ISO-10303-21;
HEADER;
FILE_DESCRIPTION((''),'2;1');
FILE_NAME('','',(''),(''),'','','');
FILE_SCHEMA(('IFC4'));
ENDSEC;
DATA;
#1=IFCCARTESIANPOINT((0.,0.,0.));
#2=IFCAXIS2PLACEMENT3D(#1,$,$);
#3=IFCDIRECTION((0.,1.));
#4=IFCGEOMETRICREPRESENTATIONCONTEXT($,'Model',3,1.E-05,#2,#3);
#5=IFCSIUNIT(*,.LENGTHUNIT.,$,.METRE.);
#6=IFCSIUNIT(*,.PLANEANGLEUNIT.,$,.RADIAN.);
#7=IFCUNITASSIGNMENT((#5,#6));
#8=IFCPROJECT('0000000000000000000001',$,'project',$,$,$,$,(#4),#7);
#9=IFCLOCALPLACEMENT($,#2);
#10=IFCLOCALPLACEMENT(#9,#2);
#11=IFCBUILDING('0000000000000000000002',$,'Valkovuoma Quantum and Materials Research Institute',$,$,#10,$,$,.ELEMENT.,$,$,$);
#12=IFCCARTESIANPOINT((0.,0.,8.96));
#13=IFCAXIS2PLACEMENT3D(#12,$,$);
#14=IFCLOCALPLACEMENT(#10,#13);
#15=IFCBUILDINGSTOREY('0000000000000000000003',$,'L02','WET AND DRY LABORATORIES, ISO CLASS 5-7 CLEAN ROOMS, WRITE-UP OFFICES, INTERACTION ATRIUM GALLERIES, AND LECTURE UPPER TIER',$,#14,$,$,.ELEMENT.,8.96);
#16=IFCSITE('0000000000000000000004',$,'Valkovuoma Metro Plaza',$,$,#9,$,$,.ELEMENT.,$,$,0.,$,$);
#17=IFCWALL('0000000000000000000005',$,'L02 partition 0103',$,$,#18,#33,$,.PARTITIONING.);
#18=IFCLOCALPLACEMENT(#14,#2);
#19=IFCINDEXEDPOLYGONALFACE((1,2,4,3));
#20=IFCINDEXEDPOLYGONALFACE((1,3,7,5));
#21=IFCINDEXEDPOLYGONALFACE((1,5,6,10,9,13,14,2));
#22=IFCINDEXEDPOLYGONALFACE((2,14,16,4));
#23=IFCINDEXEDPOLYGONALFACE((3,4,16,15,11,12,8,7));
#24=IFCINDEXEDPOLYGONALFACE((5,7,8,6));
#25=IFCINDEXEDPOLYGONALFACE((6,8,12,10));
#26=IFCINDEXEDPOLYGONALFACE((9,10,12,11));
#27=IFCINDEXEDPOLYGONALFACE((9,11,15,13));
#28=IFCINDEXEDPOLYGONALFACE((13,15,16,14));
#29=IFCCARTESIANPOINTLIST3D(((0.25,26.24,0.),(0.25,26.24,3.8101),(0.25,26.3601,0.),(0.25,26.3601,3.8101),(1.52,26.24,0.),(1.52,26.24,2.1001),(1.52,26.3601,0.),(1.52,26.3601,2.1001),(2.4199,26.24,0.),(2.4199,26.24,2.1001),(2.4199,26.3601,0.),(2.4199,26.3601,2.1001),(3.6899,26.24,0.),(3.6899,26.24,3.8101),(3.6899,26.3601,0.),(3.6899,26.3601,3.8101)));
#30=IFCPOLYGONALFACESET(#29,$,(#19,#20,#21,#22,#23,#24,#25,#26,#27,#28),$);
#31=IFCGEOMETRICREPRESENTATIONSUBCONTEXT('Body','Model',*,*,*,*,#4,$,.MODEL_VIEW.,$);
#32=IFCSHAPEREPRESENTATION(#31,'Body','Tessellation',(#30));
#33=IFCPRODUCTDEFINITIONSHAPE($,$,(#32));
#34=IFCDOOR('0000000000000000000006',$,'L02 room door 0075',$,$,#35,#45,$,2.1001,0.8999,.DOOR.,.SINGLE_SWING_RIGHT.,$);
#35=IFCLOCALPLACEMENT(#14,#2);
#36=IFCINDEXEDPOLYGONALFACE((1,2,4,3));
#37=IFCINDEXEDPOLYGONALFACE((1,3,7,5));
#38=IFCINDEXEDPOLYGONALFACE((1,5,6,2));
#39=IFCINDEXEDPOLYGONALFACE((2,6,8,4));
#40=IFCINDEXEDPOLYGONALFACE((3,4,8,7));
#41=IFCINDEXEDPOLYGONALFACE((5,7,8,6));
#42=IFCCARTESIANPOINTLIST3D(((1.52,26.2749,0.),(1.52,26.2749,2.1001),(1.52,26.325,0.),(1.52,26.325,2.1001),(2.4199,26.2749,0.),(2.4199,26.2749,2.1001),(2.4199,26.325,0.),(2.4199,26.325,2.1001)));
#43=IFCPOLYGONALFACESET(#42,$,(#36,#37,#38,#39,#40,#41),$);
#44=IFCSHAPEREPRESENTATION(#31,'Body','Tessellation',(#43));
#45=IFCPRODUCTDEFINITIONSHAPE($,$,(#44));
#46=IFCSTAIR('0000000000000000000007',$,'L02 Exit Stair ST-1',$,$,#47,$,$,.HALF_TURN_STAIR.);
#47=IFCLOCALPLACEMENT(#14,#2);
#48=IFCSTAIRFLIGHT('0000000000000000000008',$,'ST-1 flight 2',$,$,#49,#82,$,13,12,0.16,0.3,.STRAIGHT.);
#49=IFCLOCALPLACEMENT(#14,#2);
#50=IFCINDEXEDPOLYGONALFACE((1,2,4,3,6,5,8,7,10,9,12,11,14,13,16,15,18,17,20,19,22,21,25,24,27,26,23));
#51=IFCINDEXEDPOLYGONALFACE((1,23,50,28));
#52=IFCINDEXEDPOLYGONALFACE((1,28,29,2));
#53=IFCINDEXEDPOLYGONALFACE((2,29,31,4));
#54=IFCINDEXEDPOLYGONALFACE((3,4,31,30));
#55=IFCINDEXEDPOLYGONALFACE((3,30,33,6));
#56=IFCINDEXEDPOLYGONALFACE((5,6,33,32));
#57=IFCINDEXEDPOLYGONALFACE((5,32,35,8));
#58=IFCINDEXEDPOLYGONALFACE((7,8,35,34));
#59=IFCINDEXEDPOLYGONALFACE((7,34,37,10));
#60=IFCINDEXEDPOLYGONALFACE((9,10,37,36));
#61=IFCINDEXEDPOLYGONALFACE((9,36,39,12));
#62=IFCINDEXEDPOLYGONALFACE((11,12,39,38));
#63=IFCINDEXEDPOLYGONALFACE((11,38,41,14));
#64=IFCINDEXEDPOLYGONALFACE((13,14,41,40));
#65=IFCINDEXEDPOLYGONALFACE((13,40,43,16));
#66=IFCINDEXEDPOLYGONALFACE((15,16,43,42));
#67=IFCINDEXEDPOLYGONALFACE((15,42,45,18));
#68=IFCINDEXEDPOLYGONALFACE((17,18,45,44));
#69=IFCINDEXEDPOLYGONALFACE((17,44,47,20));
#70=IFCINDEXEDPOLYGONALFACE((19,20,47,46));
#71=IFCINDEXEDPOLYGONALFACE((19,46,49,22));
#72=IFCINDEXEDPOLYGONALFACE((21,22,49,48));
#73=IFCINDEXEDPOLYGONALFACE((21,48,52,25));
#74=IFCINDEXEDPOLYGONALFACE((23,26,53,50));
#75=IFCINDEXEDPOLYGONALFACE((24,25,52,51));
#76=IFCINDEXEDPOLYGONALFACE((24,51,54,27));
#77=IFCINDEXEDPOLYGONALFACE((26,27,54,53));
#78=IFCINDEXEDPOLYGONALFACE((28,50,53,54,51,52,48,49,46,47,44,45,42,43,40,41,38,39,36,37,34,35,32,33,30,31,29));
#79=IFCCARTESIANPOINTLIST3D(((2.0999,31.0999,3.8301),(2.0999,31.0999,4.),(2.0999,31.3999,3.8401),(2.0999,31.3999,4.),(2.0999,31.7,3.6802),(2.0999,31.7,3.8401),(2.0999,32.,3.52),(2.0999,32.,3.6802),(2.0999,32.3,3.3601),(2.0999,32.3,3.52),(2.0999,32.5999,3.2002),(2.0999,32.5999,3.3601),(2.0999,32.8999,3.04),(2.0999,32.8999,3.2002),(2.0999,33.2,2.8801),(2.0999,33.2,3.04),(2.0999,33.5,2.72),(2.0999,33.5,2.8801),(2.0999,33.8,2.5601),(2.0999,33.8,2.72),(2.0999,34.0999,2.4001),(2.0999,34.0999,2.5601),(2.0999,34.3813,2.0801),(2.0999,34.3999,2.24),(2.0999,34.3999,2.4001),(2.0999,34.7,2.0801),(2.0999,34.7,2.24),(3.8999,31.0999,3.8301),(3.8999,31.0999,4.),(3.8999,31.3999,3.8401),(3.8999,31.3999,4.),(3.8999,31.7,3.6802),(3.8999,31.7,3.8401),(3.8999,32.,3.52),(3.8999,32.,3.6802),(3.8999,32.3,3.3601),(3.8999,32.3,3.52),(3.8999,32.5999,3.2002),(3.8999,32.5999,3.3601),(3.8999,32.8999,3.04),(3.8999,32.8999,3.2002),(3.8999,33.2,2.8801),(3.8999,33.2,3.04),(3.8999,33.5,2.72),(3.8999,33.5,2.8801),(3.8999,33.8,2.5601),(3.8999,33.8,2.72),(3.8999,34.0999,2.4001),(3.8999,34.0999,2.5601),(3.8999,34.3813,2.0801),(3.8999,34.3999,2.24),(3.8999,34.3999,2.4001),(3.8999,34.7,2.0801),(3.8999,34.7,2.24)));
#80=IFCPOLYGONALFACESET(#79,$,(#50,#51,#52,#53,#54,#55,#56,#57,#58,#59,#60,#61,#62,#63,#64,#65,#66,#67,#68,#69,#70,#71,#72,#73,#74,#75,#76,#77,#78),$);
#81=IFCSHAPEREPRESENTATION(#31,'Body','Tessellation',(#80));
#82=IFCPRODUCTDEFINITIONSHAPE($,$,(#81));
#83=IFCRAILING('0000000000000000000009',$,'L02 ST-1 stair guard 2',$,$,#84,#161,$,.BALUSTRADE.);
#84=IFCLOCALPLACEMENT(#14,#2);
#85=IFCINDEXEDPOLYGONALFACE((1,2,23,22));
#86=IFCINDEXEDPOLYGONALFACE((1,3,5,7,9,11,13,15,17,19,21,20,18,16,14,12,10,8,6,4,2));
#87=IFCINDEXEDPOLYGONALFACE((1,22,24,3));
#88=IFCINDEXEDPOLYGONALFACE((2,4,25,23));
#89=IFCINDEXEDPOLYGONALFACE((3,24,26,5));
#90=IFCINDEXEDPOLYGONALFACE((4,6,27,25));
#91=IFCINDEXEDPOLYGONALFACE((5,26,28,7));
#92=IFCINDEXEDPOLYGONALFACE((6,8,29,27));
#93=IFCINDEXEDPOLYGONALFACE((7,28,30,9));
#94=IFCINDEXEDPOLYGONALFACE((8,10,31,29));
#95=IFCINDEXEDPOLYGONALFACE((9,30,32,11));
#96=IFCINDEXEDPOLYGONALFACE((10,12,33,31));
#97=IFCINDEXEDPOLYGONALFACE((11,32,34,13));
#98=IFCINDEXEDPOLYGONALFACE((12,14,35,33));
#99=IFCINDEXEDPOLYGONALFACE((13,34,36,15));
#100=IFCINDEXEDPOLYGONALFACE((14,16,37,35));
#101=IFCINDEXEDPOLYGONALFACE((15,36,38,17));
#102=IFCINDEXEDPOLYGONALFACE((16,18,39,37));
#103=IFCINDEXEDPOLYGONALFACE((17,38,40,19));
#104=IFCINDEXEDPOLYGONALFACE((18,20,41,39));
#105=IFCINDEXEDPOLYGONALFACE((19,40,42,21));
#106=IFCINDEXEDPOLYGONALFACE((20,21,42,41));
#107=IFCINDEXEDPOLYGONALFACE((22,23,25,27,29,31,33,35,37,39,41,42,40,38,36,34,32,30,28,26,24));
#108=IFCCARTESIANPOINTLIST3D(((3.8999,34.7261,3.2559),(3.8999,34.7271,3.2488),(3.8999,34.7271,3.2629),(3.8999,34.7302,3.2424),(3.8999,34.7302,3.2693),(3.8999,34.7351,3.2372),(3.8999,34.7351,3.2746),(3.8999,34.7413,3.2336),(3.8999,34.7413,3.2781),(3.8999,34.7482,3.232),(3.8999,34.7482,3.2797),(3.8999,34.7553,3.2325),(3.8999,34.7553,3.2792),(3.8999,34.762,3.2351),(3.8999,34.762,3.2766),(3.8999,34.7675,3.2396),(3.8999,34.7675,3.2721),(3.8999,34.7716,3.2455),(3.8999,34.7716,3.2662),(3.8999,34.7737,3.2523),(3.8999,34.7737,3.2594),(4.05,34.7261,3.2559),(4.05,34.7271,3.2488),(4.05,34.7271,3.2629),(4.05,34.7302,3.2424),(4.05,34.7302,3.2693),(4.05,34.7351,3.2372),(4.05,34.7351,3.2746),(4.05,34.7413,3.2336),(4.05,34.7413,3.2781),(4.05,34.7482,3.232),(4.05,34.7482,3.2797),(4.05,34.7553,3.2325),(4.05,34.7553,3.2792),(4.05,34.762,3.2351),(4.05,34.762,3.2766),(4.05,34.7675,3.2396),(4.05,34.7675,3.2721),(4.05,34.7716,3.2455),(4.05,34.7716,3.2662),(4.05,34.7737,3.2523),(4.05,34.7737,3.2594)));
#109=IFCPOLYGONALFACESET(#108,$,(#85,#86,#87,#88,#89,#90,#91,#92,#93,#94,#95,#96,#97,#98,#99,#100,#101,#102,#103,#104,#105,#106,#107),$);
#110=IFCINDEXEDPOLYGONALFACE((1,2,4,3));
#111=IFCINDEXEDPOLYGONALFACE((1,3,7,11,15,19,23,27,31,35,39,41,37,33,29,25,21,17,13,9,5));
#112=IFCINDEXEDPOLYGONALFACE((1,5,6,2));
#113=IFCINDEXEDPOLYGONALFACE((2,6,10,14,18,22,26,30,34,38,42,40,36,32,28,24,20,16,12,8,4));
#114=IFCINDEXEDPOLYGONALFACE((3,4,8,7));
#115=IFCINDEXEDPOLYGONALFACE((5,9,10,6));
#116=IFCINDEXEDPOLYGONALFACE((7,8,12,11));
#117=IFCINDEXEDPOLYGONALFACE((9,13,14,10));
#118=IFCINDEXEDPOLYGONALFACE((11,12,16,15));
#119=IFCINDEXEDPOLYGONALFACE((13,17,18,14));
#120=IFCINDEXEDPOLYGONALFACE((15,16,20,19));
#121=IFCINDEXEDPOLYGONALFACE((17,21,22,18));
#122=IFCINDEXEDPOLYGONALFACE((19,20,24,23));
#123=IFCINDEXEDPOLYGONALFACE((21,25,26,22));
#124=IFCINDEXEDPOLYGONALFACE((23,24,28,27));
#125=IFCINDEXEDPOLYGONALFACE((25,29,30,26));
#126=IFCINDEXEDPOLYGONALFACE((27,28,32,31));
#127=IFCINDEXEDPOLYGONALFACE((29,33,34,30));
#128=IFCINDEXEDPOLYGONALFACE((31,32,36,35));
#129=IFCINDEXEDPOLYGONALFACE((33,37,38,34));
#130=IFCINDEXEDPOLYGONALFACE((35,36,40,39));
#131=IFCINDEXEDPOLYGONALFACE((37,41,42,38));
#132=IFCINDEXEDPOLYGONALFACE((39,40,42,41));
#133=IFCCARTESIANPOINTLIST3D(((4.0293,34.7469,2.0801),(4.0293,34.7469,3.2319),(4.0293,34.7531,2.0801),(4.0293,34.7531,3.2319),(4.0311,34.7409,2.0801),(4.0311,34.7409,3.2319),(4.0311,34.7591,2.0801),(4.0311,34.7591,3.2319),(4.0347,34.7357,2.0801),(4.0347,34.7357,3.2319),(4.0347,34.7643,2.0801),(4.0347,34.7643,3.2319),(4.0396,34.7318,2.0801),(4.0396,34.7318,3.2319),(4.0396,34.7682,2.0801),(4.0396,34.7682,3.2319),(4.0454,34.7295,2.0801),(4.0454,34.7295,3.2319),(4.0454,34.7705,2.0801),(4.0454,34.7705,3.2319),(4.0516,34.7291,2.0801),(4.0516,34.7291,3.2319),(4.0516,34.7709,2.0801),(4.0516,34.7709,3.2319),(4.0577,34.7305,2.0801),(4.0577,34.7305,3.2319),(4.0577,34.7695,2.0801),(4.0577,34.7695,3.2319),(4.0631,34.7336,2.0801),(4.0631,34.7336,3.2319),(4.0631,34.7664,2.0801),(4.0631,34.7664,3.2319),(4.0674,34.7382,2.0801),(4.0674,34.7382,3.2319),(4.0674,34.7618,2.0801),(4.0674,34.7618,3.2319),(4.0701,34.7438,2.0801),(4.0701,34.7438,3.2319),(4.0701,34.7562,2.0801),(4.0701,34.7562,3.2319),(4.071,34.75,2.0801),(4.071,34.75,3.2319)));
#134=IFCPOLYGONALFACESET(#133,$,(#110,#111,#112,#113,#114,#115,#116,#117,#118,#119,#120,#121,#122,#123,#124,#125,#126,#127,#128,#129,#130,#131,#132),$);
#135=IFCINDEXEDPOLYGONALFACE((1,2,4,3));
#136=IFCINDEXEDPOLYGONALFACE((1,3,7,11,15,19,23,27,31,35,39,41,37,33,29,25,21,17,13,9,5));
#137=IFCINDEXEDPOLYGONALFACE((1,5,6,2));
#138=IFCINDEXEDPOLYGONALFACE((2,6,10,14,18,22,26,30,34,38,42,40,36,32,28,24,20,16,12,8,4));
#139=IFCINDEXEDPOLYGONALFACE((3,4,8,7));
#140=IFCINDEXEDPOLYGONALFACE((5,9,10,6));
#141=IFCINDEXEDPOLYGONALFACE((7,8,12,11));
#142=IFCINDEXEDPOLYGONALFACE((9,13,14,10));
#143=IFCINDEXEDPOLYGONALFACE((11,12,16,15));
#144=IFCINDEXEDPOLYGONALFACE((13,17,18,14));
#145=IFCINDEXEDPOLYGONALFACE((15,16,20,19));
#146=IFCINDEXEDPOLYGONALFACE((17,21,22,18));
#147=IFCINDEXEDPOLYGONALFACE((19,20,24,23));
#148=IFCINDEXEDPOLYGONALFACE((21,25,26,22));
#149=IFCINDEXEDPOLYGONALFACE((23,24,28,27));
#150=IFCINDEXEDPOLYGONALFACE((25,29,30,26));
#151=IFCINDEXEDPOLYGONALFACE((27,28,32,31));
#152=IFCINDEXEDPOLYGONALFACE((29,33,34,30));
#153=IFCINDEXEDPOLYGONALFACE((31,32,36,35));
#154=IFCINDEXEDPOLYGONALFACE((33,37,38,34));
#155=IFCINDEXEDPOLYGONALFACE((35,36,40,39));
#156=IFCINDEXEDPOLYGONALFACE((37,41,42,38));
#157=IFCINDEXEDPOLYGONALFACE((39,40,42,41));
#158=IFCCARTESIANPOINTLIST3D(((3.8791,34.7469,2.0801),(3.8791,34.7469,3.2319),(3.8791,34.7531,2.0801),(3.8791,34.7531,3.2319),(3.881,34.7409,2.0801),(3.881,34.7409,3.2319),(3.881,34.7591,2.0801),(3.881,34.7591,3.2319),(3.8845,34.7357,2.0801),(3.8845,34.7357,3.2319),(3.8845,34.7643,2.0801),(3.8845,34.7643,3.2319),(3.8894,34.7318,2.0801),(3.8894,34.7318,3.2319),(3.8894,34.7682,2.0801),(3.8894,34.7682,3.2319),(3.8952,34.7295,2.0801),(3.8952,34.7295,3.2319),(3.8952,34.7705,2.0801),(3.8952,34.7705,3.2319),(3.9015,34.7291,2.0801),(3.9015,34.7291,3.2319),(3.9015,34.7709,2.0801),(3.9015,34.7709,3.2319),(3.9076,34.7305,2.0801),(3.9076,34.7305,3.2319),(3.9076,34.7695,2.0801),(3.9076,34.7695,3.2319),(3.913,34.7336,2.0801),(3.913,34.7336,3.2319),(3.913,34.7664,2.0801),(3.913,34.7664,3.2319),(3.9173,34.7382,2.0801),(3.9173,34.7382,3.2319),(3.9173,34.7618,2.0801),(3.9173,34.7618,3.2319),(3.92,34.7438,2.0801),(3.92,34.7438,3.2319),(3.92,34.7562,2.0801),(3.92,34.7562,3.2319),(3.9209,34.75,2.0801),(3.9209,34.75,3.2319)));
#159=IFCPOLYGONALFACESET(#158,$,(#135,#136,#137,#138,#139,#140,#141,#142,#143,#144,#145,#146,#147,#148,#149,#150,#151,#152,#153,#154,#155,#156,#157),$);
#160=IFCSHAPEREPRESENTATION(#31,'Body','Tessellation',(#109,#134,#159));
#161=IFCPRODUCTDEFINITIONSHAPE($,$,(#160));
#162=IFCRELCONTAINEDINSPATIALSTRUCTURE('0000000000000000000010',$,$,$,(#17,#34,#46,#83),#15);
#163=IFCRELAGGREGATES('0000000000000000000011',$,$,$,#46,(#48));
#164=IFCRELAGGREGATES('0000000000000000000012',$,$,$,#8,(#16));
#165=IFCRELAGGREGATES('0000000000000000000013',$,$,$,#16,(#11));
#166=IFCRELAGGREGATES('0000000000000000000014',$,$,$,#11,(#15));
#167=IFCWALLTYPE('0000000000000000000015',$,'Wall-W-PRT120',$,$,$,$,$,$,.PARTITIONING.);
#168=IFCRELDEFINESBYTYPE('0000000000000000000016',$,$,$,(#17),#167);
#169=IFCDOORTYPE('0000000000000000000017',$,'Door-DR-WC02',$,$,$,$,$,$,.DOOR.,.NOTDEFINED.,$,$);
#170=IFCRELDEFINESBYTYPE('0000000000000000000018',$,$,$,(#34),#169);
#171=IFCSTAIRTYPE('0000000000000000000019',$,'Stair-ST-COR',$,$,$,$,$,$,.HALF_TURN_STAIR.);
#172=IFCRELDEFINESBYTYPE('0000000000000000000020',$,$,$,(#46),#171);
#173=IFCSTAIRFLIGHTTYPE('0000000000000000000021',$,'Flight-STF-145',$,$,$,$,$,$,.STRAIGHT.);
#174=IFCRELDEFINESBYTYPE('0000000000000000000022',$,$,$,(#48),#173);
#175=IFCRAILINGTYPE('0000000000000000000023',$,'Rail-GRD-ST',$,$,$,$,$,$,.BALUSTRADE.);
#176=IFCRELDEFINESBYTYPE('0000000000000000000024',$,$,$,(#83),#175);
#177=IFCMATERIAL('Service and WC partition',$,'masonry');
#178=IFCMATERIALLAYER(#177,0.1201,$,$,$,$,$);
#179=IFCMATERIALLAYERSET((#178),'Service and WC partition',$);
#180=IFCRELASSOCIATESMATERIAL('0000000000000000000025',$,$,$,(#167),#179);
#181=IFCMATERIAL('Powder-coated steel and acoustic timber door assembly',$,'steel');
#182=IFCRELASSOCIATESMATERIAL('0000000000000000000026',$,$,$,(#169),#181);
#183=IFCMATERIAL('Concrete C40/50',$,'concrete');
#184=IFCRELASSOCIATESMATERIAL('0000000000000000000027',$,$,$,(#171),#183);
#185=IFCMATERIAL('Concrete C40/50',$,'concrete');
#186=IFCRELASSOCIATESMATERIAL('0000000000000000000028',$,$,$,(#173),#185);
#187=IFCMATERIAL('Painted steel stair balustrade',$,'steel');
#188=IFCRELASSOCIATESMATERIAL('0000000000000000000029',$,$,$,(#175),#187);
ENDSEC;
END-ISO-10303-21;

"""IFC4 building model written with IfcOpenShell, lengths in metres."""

from ifc_helpers import new_model, si_unit, direction, frame, frame_2d, origin, origin_2d, place, context, subcontext, project, spatial, polyline, rectangle, circle, outline, extrude, material, layer, layer_set, type_object, element, fill, aggregate, save


model = new_model("IFC4")

# Units and contexts
model_context = context("Model", 3, precision=1e-05, world=origin(), true_north=direction((0.0, 1.0)))
body_context = subcontext(model_context, "Body", "Model", "MODEL_VIEW")
ifc_project = project(units=[si_unit("LENGTHUNIT", "METRE"), si_unit("PLANEANGLEUNIT", "RADIAN")], contexts=[model_context])

# Site, building, storey
site_placement = place(None, origin())
site = spatial("IfcSite", under=ifc_project, at=site_placement, Name="Valkovuoma Metro Plaza", CompositionType="ELEMENT", RefElevation=0.0)
building_placement = place(site_placement, origin())
building = spatial("IfcBuilding", under=site, at=building_placement, Name="Valkovuoma Quantum and Materials Research Institute", CompositionType="ELEMENT")
storey_placement = place(building_placement, frame((0.0, 0.0, 8.96)))
storey = spatial("IfcBuildingStorey", under=building, at=storey_placement, Name="L02", Description="WET AND DRY LABORATORIES, ISO CLASS 5-7 CLEAN ROOMS, WRITE-UP OFFICES, INTERACTION ATRIUM GALLERIES, AND LECTURE UPPER TIER", CompositionType="ELEMENT", Elevation=8.96)

# Shared definitions
ifc_material_1 = material(Name="Service and WC partition", Category="masonry")
ifc_layer_1 = layer(ifc_material_1, 0.1201)
ifc_layer_set_1 = layer_set([ifc_layer_1], Name="Service and WC partition")
wall_type_1 = type_object("IfcWallType", Name="Wall-W-PRT120", PredefinedType="PARTITIONING", material=ifc_layer_set_1)

# Wall, opening, door
wall_1_placement = place(storey_placement, frame((0.25, 26.3, 0.0), z_axis=(0.0, 0.0, 1.0), x_axis=(1.0, 0.0, 0.0)))
wall_1 = element("IfcWall", 1, at=wall_1_placement, inside=storey, type_object=wall_type_1, Name="L02 partition 0103", PredefinedType="PARTITIONING", context=body_context, shape_type="SweptSolid", body=[
    extrude(rectangle(XDim=3.4399, YDim=0.1201, at=frame_2d((1.72, 0.0))), origin(), (0.0, 0.0, 1.0), 3.8101),
])
opening_placement = place(wall_1_placement, frame((1.27, 0.0, 0.0)))
opening = element("IfcOpeningElement", 2, at=opening_placement, cuts=wall_1, PredefinedType="OPENING", context=body_context, shape_type="SweptSolid", body=[
    extrude(rectangle(XDim=0.8999, YDim=2.1001, at=frame_2d((0.45, 1.05))), frame((0.0, 0.0701, 0.0), z_axis=(0.0, -1.0, 0.0), x_axis=(1.0, 0.0, 0.0)), (0.0, 0.0, 1.0), 0.1401),
])
ifc_material_2 = material(Name="Powder-coated steel and acoustic timber door assembly", Category="steel")
door_type = type_object("IfcDoorType", Name="Door-DR-WC02", OperationType="NOTDEFINED", PredefinedType="DOOR", material=ifc_material_2)
door_placement = place(opening_placement, origin())
door = element("IfcDoor", 3, at=door_placement, inside=storey, type_object=door_type, Name="L02 room door 0075", OperationType="SINGLE_SWING_RIGHT", OverallHeight=2.1001, OverallWidth=0.8999, PredefinedType="DOOR", context=body_context, shape_type="SweptSolid", body=[
    extrude(rectangle(XDim=0.8999, YDim=2.1001, at=frame_2d((0.45, 1.05))), frame((0.0, 0.0249, 0.0), z_axis=(0.0, -1.0, 0.0), x_axis=(1.0, 0.0, 0.0)), (0.0, 0.0, 1.0), 0.05),
])
fill(opening, door)

# Stair, stair flight
ifc_material_3 = material(Name="Concrete C40/50", Category="concrete")
stair_type = type_object("IfcStairType", Name="Stair-ST-COR", PredefinedType="HALF_TURN_STAIR", material=ifc_material_3)
stair_placement = place(storey_placement, origin())
stair = element("IfcStair", 4, at=stair_placement, inside=storey, type_object=stair_type, Name="L02 Exit Stair ST-1", PredefinedType="HALF_TURN_STAIR")
ifc_material_4 = material(Name="Concrete C40/50", Category="concrete")
stair_flight_type = type_object("IfcStairFlightType", Name="Flight-STF-145", PredefinedType="STRAIGHT", material=ifc_material_4)
stair_flight_placement = place(storey_placement, frame((3.0, 34.7, 2.0801), z_axis=(0.0, 0.0, 1.0), x_axis=(0.0, -1.0, 0.0)))
stair_flight = element("IfcStairFlight", 5, at=stair_flight_placement, type_object=stair_flight_type, Name="ST-1 flight 2", NumberOfRisers=13, NumberOfTreads=12, PredefinedType="STRAIGHT", RiserHeight=0.16, TreadLength=0.3, context=body_context, shape_type="SweptSolid", body=[
    extrude(outline(polyline([(0.0, 0.0), (0.0, 0.1599), (0.3, 0.1599), (0.3, 0.3201), (0.6001, 0.3201), (0.6001, 0.48), (0.8999, 0.48), (0.8999, 0.6399), (1.2, 0.6399), (1.2, 0.8), (1.5, 0.8), (1.5, 0.96), (1.8, 0.96), (1.8, 1.1201), (2.1001, 1.1201), (2.1001, 1.28), (2.3999, 1.28), (2.3999, 1.4399), (2.7, 1.4399), (2.7, 1.6001), (3.0, 1.6001), (3.0, 1.76), (3.3, 1.76), (3.3, 1.9199), (3.6001, 1.9199), (3.6001, 2.0801), (3.6001, 1.75), (0.3186, 0.0), (0.0, 0.0)])), frame((0.0, 0.8999, 0.0), z_axis=(0.0, -1.0, 0.0), x_axis=(1.0, 0.0, 0.0)), (0.0, 0.0, 1.0), 1.8),
])
aggregate(stair, [stair_flight])

# Railing
ifc_material_5 = material(Name="Painted steel stair balustrade", Category="steel")
railing_type_1 = type_object("IfcRailingType", Name="Rail-GRD-ST", PredefinedType="BALUSTRADE", material=ifc_material_5)
railing_1_placement = place(storey_placement, frame((4.05, 34.75, 2.0801)))
element("IfcRailing", 6, at=railing_1_placement, inside=storey, type_object=railing_type_1, Name="L02 ST-1 stair guard 2", PredefinedType="BALUSTRADE", context=body_context, shape_type="SweptSolid", body=[
    extrude(circle(Radius=0.0239, at=origin_2d()), frame((0.0, 0.0, 1.1758), z_axis=(-1.0, 0.0, 0.0), x_axis=(0.0, -1.0, 0.0)), (0.0, 0.0, 1.0), 0.1501),
    extrude(circle(Radius=0.021, at=origin_2d()), origin(), (0.0, 0.0, 1.0), 1.1519),
    extrude(circle(Radius=0.021, at=origin_2d()), frame((-0.1501, 0.0, 0.0)), (0.0, 0.0, 1.0), 1.1519),
])

save(model, "model.ifc")
